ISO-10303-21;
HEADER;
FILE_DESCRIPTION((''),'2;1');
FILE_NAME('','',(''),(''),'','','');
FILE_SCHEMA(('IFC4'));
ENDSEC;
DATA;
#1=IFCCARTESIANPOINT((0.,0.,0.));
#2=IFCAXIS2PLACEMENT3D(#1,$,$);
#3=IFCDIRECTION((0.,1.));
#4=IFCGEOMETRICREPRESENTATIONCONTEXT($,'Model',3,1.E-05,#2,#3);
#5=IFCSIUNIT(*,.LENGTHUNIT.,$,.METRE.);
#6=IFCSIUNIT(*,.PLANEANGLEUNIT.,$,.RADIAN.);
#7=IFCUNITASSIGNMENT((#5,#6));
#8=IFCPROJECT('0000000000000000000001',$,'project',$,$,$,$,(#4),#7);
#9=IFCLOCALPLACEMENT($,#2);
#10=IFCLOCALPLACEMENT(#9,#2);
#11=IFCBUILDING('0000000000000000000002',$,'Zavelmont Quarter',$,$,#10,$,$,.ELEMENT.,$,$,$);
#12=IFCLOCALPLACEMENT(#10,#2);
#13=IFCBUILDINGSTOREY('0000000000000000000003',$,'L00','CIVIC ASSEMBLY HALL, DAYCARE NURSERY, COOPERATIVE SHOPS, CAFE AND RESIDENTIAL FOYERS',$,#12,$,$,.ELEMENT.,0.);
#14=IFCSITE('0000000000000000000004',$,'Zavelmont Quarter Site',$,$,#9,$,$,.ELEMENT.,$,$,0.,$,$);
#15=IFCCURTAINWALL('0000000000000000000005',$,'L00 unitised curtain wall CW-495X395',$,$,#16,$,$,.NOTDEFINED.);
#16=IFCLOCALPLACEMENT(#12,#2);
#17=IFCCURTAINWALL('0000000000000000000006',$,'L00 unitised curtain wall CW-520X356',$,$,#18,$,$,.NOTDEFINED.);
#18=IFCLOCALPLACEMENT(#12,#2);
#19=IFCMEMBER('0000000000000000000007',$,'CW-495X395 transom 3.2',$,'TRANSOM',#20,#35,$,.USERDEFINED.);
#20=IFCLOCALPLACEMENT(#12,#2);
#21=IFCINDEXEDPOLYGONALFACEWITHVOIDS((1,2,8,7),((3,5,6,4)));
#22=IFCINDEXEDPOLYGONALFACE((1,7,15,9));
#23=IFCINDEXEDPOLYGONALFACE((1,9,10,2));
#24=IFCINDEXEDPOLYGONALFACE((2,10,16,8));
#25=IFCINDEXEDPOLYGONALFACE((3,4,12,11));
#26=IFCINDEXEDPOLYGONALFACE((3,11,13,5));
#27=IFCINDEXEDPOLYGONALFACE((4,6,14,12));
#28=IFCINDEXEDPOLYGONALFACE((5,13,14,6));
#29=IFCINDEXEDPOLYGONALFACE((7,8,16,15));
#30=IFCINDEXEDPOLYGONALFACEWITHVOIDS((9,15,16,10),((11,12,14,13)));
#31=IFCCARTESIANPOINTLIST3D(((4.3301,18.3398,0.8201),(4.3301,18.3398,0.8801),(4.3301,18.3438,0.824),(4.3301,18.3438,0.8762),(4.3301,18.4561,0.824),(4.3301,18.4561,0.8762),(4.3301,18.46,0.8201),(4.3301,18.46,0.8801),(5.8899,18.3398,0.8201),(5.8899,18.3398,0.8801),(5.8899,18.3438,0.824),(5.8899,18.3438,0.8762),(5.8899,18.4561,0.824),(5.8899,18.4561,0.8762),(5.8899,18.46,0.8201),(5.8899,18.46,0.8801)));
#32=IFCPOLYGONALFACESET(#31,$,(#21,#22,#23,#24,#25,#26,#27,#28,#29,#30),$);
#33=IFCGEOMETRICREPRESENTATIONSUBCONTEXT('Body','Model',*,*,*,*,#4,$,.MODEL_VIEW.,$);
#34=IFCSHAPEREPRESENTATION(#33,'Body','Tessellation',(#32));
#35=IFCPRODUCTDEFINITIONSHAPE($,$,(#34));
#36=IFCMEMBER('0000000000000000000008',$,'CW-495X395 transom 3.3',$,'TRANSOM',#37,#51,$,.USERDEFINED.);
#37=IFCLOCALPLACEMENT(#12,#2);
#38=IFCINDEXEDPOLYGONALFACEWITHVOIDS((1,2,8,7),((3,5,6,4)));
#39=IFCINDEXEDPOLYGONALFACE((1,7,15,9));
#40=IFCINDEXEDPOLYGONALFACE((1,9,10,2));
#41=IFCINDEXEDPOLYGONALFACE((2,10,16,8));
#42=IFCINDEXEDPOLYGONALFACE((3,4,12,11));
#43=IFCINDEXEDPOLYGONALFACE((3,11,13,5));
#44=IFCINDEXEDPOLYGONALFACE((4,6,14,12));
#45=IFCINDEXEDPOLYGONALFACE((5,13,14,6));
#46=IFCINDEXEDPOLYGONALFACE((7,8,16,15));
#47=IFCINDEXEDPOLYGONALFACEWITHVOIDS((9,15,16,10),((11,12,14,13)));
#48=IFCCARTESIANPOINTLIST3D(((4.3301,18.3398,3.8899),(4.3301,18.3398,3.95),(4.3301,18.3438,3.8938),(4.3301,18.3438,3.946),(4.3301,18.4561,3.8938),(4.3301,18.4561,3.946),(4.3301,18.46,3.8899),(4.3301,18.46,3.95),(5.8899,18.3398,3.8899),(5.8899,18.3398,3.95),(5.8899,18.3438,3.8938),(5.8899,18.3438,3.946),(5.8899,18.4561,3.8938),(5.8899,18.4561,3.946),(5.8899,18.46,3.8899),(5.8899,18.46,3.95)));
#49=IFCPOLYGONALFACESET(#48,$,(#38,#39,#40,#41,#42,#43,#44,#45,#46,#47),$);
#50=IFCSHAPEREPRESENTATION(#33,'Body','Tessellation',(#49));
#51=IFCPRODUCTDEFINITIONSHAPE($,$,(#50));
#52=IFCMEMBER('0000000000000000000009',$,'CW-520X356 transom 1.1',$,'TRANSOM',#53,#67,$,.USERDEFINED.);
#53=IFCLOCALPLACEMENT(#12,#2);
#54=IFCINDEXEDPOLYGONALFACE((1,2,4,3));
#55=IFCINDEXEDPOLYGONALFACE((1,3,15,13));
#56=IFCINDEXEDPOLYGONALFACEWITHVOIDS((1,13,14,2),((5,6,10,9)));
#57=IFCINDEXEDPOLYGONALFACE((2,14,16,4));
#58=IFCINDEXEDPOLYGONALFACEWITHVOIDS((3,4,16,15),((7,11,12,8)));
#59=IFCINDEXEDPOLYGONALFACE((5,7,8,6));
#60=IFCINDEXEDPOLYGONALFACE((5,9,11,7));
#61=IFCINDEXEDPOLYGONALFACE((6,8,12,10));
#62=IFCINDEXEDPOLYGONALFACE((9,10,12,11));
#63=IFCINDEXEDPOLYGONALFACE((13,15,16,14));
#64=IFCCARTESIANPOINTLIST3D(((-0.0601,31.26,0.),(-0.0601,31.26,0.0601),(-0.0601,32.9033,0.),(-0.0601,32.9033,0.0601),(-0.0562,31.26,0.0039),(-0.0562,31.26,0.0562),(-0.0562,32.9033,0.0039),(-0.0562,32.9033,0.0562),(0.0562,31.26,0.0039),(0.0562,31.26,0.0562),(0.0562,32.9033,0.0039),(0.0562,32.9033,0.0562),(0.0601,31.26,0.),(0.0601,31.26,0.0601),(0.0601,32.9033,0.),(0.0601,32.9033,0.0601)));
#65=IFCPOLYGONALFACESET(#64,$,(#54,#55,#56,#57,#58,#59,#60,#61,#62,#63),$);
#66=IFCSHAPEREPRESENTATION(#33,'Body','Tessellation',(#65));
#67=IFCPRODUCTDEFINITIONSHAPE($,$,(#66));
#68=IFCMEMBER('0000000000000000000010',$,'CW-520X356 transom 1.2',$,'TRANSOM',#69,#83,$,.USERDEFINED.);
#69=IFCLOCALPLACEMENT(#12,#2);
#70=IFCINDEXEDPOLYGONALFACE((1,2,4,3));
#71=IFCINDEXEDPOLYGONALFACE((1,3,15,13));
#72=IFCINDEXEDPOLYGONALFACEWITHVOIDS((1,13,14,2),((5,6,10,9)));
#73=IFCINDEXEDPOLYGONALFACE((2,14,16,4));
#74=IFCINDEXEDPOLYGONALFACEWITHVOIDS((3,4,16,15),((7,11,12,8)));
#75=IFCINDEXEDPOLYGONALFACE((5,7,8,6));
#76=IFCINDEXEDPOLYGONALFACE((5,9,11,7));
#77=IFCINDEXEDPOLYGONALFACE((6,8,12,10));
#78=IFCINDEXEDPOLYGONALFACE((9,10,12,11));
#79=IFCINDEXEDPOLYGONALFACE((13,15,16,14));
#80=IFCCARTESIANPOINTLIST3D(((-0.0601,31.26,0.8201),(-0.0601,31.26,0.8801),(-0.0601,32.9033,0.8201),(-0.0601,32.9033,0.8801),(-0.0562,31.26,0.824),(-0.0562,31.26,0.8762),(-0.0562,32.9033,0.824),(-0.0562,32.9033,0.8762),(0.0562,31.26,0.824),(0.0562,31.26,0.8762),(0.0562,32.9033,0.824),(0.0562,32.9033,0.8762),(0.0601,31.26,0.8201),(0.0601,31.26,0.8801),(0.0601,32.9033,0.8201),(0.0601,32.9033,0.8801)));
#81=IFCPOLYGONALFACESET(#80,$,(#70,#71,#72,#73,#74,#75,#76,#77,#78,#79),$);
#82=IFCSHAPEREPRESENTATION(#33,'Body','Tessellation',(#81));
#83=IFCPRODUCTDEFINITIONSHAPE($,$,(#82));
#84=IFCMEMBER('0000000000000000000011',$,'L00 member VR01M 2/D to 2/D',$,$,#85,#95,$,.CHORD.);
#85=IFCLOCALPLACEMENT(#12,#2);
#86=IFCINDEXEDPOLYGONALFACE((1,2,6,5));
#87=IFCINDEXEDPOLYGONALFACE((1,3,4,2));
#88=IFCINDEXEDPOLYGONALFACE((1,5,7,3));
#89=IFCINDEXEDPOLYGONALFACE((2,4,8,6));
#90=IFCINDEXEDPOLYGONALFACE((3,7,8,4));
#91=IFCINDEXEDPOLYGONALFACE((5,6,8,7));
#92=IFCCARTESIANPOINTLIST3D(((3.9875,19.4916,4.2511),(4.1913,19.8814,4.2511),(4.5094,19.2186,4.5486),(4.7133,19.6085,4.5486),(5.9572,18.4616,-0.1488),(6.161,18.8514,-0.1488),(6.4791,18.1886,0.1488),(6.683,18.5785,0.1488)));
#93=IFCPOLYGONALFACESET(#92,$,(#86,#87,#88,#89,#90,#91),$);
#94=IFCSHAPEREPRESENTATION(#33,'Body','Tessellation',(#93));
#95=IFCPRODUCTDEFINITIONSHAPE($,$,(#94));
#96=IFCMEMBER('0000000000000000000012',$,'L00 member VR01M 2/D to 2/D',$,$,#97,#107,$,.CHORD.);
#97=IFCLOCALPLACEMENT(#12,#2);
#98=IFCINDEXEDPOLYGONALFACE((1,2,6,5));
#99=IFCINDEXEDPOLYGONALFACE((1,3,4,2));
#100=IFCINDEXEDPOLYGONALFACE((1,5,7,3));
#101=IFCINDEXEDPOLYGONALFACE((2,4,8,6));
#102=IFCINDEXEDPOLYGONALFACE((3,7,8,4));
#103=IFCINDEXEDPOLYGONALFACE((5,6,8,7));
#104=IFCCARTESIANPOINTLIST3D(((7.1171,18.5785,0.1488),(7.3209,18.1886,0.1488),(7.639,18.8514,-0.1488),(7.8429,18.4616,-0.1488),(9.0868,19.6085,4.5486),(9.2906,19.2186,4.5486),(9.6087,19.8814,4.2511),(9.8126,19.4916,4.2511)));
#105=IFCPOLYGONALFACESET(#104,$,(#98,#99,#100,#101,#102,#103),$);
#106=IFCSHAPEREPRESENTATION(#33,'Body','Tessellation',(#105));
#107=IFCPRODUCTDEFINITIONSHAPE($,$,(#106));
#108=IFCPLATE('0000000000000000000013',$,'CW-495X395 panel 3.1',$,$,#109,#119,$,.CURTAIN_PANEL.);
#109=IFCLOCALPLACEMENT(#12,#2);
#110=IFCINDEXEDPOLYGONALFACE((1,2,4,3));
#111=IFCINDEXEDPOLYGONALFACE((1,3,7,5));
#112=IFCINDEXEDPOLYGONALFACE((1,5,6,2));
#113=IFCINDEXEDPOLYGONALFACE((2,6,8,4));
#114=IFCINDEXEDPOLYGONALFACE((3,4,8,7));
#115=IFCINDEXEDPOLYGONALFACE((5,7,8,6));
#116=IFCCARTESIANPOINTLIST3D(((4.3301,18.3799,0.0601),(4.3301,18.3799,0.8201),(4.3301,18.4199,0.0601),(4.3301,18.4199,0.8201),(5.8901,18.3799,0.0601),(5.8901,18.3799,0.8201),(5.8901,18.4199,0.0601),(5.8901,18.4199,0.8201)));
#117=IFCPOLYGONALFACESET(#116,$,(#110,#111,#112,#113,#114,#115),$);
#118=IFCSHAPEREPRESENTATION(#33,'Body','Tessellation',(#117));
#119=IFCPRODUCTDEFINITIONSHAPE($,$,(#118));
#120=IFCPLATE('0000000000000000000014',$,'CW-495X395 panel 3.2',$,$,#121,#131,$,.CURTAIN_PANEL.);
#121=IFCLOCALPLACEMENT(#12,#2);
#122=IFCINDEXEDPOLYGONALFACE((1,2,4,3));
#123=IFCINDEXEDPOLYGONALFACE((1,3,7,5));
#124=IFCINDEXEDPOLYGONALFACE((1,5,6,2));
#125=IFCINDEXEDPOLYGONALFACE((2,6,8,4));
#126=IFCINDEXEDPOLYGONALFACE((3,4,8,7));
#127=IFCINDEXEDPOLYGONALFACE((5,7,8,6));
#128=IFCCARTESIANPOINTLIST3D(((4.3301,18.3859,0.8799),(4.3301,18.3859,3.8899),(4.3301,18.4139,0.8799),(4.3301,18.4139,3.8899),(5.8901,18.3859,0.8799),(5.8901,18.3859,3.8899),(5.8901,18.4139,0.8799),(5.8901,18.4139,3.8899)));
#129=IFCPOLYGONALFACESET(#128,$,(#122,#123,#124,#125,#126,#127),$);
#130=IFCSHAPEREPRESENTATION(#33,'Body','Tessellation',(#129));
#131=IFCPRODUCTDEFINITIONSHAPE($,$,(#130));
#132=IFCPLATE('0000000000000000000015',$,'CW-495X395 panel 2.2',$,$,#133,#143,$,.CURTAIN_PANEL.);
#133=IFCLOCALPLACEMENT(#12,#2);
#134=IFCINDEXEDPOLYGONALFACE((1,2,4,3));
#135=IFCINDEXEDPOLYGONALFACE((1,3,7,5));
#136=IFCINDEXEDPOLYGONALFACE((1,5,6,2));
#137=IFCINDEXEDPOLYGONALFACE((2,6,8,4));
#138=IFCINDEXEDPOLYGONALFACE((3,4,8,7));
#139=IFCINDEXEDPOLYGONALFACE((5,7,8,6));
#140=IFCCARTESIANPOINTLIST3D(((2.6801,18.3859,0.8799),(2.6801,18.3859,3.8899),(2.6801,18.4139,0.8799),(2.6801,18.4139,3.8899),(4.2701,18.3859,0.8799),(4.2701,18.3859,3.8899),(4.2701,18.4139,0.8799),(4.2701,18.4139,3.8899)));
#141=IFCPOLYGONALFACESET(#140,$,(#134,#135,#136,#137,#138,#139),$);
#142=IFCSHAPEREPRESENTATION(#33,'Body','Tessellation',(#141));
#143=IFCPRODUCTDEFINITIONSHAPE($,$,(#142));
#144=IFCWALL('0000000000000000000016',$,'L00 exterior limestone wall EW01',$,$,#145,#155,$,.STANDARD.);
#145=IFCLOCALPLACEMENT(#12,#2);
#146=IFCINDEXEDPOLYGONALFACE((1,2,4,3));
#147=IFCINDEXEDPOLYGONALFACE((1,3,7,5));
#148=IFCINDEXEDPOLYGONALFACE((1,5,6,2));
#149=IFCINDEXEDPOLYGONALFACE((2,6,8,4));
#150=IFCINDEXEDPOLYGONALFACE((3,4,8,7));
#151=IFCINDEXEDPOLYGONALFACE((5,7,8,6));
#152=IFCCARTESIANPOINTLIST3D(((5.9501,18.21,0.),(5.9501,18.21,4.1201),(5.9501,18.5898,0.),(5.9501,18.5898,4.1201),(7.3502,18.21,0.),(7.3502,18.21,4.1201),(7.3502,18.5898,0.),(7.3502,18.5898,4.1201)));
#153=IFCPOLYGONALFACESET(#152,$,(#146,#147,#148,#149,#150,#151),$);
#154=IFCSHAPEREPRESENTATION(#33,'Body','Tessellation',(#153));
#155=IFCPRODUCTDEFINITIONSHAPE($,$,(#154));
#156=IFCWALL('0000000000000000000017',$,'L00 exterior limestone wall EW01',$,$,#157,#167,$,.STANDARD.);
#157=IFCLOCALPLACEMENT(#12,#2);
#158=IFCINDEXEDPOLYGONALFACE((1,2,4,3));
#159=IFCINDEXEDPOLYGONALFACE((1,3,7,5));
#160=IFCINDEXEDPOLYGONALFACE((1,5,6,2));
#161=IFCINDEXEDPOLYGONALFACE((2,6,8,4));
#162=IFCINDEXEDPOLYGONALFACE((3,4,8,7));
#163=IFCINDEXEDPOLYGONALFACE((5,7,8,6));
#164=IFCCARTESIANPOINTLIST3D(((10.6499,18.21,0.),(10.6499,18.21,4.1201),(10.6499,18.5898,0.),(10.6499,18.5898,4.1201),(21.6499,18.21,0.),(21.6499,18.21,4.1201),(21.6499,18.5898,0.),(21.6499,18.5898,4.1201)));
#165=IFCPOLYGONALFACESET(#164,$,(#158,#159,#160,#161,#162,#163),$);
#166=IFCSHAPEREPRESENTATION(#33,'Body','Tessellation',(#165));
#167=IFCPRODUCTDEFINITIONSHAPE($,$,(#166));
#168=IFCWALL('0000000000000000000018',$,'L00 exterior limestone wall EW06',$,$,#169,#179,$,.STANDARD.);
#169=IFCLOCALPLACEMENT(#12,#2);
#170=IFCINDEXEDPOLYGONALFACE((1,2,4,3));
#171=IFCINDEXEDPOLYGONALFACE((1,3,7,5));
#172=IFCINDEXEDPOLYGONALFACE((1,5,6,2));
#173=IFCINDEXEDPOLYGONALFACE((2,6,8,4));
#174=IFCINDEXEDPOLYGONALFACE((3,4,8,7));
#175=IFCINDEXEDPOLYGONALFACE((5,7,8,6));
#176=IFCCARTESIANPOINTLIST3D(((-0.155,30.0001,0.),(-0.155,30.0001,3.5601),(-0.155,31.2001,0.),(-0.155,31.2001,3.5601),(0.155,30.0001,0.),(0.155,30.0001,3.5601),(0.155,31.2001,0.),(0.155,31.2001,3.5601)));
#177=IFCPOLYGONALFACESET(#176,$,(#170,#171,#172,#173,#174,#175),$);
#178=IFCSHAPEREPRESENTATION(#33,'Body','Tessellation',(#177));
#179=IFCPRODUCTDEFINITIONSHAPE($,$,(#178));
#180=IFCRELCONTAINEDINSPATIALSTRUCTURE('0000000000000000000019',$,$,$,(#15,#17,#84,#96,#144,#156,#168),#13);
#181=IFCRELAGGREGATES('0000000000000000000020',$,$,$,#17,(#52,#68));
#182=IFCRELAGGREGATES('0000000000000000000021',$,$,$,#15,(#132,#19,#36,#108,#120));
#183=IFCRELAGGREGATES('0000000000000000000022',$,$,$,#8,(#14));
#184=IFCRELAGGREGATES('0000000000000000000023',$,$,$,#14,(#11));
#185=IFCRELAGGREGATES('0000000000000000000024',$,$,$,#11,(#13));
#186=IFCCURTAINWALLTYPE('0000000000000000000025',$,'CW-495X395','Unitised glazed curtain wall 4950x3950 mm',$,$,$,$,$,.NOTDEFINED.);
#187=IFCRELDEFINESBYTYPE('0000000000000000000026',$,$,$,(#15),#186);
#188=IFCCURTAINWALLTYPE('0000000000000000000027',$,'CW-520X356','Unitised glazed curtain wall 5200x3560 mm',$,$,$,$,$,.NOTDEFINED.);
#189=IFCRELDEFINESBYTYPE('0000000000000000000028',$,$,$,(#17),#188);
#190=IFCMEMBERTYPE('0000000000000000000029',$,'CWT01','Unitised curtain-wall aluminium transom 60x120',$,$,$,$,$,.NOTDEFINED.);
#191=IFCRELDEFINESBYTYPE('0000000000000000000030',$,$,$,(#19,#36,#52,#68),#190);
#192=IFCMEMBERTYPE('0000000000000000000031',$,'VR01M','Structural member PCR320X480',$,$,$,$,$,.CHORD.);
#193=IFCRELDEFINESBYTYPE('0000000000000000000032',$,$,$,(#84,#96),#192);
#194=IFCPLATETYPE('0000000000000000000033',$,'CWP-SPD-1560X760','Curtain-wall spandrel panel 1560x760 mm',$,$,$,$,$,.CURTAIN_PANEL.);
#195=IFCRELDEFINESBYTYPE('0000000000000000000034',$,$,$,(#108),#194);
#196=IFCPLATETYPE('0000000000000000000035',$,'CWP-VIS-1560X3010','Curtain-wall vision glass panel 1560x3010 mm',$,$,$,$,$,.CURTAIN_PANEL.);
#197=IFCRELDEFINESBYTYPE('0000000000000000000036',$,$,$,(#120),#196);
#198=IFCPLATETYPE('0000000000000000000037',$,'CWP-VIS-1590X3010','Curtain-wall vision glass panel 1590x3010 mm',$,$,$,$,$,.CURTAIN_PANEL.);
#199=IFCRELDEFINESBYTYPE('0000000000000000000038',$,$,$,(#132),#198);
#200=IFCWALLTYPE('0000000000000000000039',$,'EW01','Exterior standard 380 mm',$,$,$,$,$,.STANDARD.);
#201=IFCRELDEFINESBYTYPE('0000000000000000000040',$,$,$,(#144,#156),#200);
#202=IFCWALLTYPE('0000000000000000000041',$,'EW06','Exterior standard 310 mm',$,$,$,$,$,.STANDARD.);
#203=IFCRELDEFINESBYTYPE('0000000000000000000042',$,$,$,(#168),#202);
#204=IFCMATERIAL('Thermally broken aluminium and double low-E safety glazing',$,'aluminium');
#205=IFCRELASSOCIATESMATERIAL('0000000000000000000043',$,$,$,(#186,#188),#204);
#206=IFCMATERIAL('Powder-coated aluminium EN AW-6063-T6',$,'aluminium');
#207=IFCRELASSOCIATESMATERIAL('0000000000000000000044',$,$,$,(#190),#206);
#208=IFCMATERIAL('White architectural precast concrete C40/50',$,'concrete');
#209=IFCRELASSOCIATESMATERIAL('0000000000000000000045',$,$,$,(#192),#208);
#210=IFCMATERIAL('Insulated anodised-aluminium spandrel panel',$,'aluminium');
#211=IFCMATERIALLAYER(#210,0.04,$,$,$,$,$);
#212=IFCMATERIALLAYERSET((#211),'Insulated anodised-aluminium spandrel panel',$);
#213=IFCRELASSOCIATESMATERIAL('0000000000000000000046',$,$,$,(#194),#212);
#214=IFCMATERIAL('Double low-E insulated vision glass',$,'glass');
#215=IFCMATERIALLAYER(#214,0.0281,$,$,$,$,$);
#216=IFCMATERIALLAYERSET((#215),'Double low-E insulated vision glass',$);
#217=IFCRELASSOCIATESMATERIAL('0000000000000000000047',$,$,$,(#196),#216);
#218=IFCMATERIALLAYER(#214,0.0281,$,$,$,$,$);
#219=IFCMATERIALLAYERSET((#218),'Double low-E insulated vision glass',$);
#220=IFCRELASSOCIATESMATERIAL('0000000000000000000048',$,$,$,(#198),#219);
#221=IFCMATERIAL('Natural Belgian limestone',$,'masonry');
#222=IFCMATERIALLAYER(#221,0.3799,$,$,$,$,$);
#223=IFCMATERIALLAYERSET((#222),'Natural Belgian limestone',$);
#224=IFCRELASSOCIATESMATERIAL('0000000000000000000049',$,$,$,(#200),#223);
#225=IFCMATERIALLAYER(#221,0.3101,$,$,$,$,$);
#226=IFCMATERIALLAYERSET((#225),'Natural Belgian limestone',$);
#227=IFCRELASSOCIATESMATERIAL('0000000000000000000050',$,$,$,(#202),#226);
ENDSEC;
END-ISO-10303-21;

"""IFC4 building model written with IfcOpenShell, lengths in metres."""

from ifc_helpers import new_model, si_unit, direction, frame, frame_2d, origin, origin_2d, place, context, subcontext, project, spatial, rectangle, hollow_rectangle, extrude, material, layer, layer_set, material_profile, profile_set, type_object, element, aggregate, save


model = new_model("IFC4")

# Units and contexts
model_context = context("Model", 3, precision=1e-05, world=origin(), true_north=direction((0.0, 1.0)))
body_context = subcontext(model_context, "Body", "Model", "MODEL_VIEW")
ifc_project = project(units=[si_unit("LENGTHUNIT", "METRE"), si_unit("PLANEANGLEUNIT", "RADIAN")], contexts=[model_context])

# Site, building, storey
site_placement = place(None, origin())
site = spatial("IfcSite", under=ifc_project, at=site_placement, Name="Zavelmont Quarter Site", CompositionType="ELEMENT", RefElevation=0.0)
building_placement = place(site_placement, origin())
building = spatial("IfcBuilding", under=site, at=building_placement, Name="Zavelmont Quarter", CompositionType="ELEMENT")
storey_placement = place(building_placement, origin())
storey = spatial("IfcBuildingStorey", under=building, at=storey_placement, Name="L00", Description="CIVIC ASSEMBLY HALL, DAYCARE NURSERY, COOPERATIVE SHOPS, CAFE AND RESIDENTIAL FOYERS", CompositionType="ELEMENT", Elevation=0.0)

# Curtain wall
ifc_material_1 = material(Name="Thermally broken aluminium and double low-E safety glazing", Category="aluminium")
curtain_wall_type_1 = type_object("IfcCurtainWallType", Name="CW-495X395", Description="Unitised glazed curtain wall 4950x3950 mm", PredefinedType="NOTDEFINED", material=ifc_material_1)
curtain_wall_1_placement = place(storey_placement, origin())
curtain_wall_1 = element("IfcCurtainWall", 1, at=curtain_wall_1_placement, inside=storey, type_object=curtain_wall_type_1, Name="L00 unitised curtain wall CW-495X395", PredefinedType="NOTDEFINED")
ifc_material_2 = material(Name="Powder-coated aluminium EN AW-6063-T6", Category="aluminium")

# Curtain wall
curtain_wall_type_2 = type_object("IfcCurtainWallType", Name="CW-520X356", Description="Unitised glazed curtain wall 5200x3560 mm", PredefinedType="NOTDEFINED", material=ifc_material_1)
curtain_wall_2_placement = place(storey_placement, origin())
curtain_wall_2 = element("IfcCurtainWall", 2, at=curtain_wall_2_placement, inside=storey, type_object=curtain_wall_type_2, Name="L00 unitised curtain wall CW-520X356", PredefinedType="NOTDEFINED")

# Members
ifc_material_profile_1 = material_profile(ifc_material_2, hollow_rectangle(XDim=0.1201, YDim=0.0601, WallThickness=0.0039, at=origin_2d()), Name="CWT60X120")
ifc_profile_set_1 = profile_set([ifc_material_profile_1], Name="Powder-coated aluminium EN AW-6063-T6")
member_type_1 = type_object("IfcMemberType", Name="CWT01", Description="Unitised curtain-wall aluminium transom 60x120", PredefinedType="NOTDEFINED", material=ifc_profile_set_1)
member_1_placement = place(storey_placement, frame((4.3301, 18.3999, 0.8501), z_axis=(1.0, 0.0, 0.0), x_axis=(0.0, 1.0, 0.0)))
member_1 = element("IfcMember", 3, at=member_1_placement, type_object=member_type_1, Name="CW-495X395 transom 3.2", ObjectType="TRANSOM", PredefinedType="USERDEFINED", context=body_context, shape_type="SweptSolid", body=[
    extrude(hollow_rectangle(XDim=0.1201, YDim=0.0601, WallThickness=0.0039, at=origin_2d()), origin(), (0.0, 0.0, 1.0), 1.5598),
])
member_2_placement = place(storey_placement, frame((4.3301, 18.3999, 3.9199), z_axis=(1.0, 0.0, 0.0), x_axis=(0.0, 1.0, 0.0)))
member_2 = element("IfcMember", 4, at=member_2_placement, type_object=member_type_1, Name="CW-495X395 transom 3.3", ObjectType="TRANSOM", PredefinedType="USERDEFINED", context=body_context, shape_type="SweptSolid", body=[
    extrude(hollow_rectangle(XDim=0.1201, YDim=0.0601, WallThickness=0.0039, at=origin_2d()), origin(), (0.0, 0.0, 1.0), 1.5598),
])
member_3_placement = place(storey_placement, frame((0.0, 31.26, 0.03), z_axis=(0.0, 1.0, 0.0), x_axis=(-1.0, 0.0, 0.0)))
member_3 = element("IfcMember", 5, at=member_3_placement, type_object=member_type_1, Name="CW-520X356 transom 1.1", ObjectType="TRANSOM", PredefinedType="USERDEFINED", context=body_context, shape_type="SweptSolid", body=[
    extrude(hollow_rectangle(XDim=0.1201, YDim=0.0601, WallThickness=0.0039, at=origin_2d()), origin(), (0.0, 0.0, 1.0), 1.6433),
])
member_4_placement = place(storey_placement, frame((0.0, 31.26, 0.8501), z_axis=(0.0, 1.0, 0.0), x_axis=(-1.0, 0.0, 0.0)))
member_4 = element("IfcMember", 6, at=member_4_placement, type_object=member_type_1, Name="CW-520X356 transom 1.2", ObjectType="TRANSOM", PredefinedType="USERDEFINED", context=body_context, shape_type="SweptSolid", body=[
    extrude(hollow_rectangle(XDim=0.1201, YDim=0.0601, WallThickness=0.0039, at=origin_2d()), origin(), (0.0, 0.0, 1.0), 1.6433),
])
aggregate(curtain_wall_2, [member_3, member_4])

# Members
ifc_material_3 = material(Name="White architectural precast concrete C40/50", Category="concrete")
ifc_material_profile_2 = material_profile(ifc_material_3, rectangle(XDim=0.4399, YDim=0.6599, at=origin_2d()), Name="PCR320X480")
ifc_profile_set_2 = profile_set([ifc_material_profile_2], Name="White architectural precast concrete C40/50")
member_type_2 = type_object("IfcMemberType", Name="VR01M", Description="Structural member PCR320X480", PredefinedType="CHORD", material=ifc_profile_set_2)
for number, where, z_axis, x_axis, name in (
    (7, (6.3201, 18.52, 0.0), (-0.39958, 0.208952, 0.892566), (-0.463395, -0.886152, 0.0), "L00 member VR01M 2/D to 2/D"),
    (8, (7.48, 18.52, 0.0), (0.39958, 0.208952, 0.892566), (-0.463395, 0.886152, 0.0), "L00 member VR01M 2/D to 2/D"),
):
    element("IfcMember", number, at=place(storey_placement, frame(where, z_axis=z_axis, x_axis=x_axis)), inside=storey, type_object=member_type_2, Name=name, PredefinedType="CHORD", context=body_context, shape_type="SweptSolid", body=[
        extrude(rectangle(XDim=0.4399, YDim=0.6599, at=origin_2d()), origin(), (0.0, 0.0, 1.0), 4.9294),
    ])

# Plates
ifc_material_4 = material(Name="Insulated anodised-aluminium spandrel panel", Category="aluminium")
ifc_layer_1 = layer(ifc_material_4, 0.04)
ifc_layer_set_1 = layer_set([ifc_layer_1], Name="Insulated anodised-aluminium spandrel panel")
plate_type_1 = type_object("IfcPlateType", Name="CWP-SPD-1560X760", Description="Curtain-wall spandrel panel 1560x760 mm", PredefinedType="CURTAIN_PANEL", material=ifc_layer_set_1)
plate_1_placement = place(storey_placement, frame((5.1101, 18.3999, 0.0601), z_axis=(0.0, 0.0, 1.0), x_axis=(1.0, 0.0, 0.0)))
plate_1 = element("IfcPlate", 9, at=plate_1_placement, type_object=plate_type_1, Name="CW-495X395 panel 3.1", PredefinedType="CURTAIN_PANEL", context=body_context, shape_type="SweptSolid", body=[
    extrude(rectangle(XDim=1.5601, YDim=0.04, at=origin_2d()), origin(), (0.0, 0.0, 1.0), 0.76),
])
ifc_material_5 = material(Name="Double low-E insulated vision glass", Category="glass")
ifc_layer_2 = layer(ifc_material_5, 0.0281)
ifc_layer_set_2 = layer_set([ifc_layer_2], Name="Double low-E insulated vision glass")
plate_type_2 = type_object("IfcPlateType", Name="CWP-VIS-1560X3010", Description="Curtain-wall vision glass panel 1560x3010 mm", PredefinedType="CURTAIN_PANEL", material=ifc_layer_set_2)
plate_2_placement = place(storey_placement, frame((5.1101, 18.3999, 0.8799), z_axis=(0.0, 0.0, 1.0), x_axis=(1.0, 0.0, 0.0)))
plate_2 = element("IfcPlate", 10, at=plate_2_placement, type_object=plate_type_2, Name="CW-495X395 panel 3.2", PredefinedType="CURTAIN_PANEL", context=body_context, shape_type="SweptSolid", body=[
    extrude(rectangle(XDim=1.5601, YDim=0.0281, at=origin_2d()), origin(), (0.0, 0.0, 1.0), 3.01),
])
ifc_layer_3 = layer(ifc_material_5, 0.0281)
ifc_layer_set_3 = layer_set([ifc_layer_3], Name="Double low-E insulated vision glass")
plate_type_3 = type_object("IfcPlateType", Name="CWP-VIS-1590X3010", Description="Curtain-wall vision glass panel 1590x3010 mm", PredefinedType="CURTAIN_PANEL", material=ifc_layer_set_3)
plate_3_placement = place(storey_placement, frame((3.4751, 18.3999, 0.8799), z_axis=(0.0, 0.0, 1.0), x_axis=(1.0, 0.0, 0.0)))
plate_3 = element("IfcPlate", 11, at=plate_3_placement, type_object=plate_type_3, Name="CW-495X395 panel 2.2", PredefinedType="CURTAIN_PANEL", context=body_context, shape_type="SweptSolid", body=[
    extrude(rectangle(XDim=1.5901, YDim=0.0281, at=origin_2d()), origin(), (0.0, 0.0, 1.0), 3.01),
])
aggregate(curtain_wall_1, [plate_3, member_1, member_2, plate_1, plate_2])

# Walls
ifc_material_6 = material(Name="Natural Belgian limestone", Category="masonry")
ifc_layer_4 = layer(ifc_material_6, 0.3799)
ifc_layer_set_4 = layer_set([ifc_layer_4], Name="Natural Belgian limestone")
wall_type_1 = type_object("IfcWallType", Name="EW01", Description="Exterior standard 380 mm", PredefinedType="STANDARD", material=ifc_layer_set_4)
wall_1_placement = place(storey_placement, frame((5.95, 18.3999, 0.0), z_axis=(0.0, 0.0, 1.0), x_axis=(1.0, 0.0, 0.0)))
element("IfcWall", 12, at=wall_1_placement, inside=storey, type_object=wall_type_1, Name="L00 exterior limestone wall EW01", PredefinedType="STANDARD", context=body_context, shape_type="SweptSolid", body=[
    extrude(rectangle(XDim=1.4001, YDim=0.3799, at=frame_2d((0.7002, 0.0))), origin(), (0.0, 0.0, 1.0), 4.1201),
])
wall_2_placement = place(storey_placement, frame((10.6499, 18.3999, 0.0), z_axis=(0.0, 0.0, 1.0), x_axis=(1.0, 0.0, 0.0)))
element("IfcWall", 13, at=wall_2_placement, inside=storey, type_object=wall_type_1, Name="L00 exterior limestone wall EW01", PredefinedType="STANDARD", context=body_context, shape_type="SweptSolid", body=[
    extrude(rectangle(XDim=11.0, YDim=0.3799, at=frame_2d((5.5, 0.0))), origin(), (0.0, 0.0, 1.0), 4.1201),
])
ifc_layer_5 = layer(ifc_material_6, 0.3101)
ifc_layer_set_5 = layer_set([ifc_layer_5], Name="Natural Belgian limestone")
wall_type_2 = type_object("IfcWallType", Name="EW06", Description="Exterior standard 310 mm", PredefinedType="STANDARD", material=ifc_layer_set_5)
wall_3_placement = place(storey_placement, frame((0.0, 30.0, 0.0), z_axis=(0.0, 0.0, 1.0), x_axis=(0.0, 1.0, 0.0)))
element("IfcWall", 14, at=wall_3_placement, inside=storey, type_object=wall_type_2, Name="L00 exterior limestone wall EW06", PredefinedType="STANDARD", context=body_context, shape_type="SweptSolid", body=[
    extrude(rectangle(XDim=1.2, YDim=0.3101, at=frame_2d((0.6001, 0.0))), origin(), (0.0, 0.0, 1.0), 3.5601),
])

save(model, "model.ifc")
